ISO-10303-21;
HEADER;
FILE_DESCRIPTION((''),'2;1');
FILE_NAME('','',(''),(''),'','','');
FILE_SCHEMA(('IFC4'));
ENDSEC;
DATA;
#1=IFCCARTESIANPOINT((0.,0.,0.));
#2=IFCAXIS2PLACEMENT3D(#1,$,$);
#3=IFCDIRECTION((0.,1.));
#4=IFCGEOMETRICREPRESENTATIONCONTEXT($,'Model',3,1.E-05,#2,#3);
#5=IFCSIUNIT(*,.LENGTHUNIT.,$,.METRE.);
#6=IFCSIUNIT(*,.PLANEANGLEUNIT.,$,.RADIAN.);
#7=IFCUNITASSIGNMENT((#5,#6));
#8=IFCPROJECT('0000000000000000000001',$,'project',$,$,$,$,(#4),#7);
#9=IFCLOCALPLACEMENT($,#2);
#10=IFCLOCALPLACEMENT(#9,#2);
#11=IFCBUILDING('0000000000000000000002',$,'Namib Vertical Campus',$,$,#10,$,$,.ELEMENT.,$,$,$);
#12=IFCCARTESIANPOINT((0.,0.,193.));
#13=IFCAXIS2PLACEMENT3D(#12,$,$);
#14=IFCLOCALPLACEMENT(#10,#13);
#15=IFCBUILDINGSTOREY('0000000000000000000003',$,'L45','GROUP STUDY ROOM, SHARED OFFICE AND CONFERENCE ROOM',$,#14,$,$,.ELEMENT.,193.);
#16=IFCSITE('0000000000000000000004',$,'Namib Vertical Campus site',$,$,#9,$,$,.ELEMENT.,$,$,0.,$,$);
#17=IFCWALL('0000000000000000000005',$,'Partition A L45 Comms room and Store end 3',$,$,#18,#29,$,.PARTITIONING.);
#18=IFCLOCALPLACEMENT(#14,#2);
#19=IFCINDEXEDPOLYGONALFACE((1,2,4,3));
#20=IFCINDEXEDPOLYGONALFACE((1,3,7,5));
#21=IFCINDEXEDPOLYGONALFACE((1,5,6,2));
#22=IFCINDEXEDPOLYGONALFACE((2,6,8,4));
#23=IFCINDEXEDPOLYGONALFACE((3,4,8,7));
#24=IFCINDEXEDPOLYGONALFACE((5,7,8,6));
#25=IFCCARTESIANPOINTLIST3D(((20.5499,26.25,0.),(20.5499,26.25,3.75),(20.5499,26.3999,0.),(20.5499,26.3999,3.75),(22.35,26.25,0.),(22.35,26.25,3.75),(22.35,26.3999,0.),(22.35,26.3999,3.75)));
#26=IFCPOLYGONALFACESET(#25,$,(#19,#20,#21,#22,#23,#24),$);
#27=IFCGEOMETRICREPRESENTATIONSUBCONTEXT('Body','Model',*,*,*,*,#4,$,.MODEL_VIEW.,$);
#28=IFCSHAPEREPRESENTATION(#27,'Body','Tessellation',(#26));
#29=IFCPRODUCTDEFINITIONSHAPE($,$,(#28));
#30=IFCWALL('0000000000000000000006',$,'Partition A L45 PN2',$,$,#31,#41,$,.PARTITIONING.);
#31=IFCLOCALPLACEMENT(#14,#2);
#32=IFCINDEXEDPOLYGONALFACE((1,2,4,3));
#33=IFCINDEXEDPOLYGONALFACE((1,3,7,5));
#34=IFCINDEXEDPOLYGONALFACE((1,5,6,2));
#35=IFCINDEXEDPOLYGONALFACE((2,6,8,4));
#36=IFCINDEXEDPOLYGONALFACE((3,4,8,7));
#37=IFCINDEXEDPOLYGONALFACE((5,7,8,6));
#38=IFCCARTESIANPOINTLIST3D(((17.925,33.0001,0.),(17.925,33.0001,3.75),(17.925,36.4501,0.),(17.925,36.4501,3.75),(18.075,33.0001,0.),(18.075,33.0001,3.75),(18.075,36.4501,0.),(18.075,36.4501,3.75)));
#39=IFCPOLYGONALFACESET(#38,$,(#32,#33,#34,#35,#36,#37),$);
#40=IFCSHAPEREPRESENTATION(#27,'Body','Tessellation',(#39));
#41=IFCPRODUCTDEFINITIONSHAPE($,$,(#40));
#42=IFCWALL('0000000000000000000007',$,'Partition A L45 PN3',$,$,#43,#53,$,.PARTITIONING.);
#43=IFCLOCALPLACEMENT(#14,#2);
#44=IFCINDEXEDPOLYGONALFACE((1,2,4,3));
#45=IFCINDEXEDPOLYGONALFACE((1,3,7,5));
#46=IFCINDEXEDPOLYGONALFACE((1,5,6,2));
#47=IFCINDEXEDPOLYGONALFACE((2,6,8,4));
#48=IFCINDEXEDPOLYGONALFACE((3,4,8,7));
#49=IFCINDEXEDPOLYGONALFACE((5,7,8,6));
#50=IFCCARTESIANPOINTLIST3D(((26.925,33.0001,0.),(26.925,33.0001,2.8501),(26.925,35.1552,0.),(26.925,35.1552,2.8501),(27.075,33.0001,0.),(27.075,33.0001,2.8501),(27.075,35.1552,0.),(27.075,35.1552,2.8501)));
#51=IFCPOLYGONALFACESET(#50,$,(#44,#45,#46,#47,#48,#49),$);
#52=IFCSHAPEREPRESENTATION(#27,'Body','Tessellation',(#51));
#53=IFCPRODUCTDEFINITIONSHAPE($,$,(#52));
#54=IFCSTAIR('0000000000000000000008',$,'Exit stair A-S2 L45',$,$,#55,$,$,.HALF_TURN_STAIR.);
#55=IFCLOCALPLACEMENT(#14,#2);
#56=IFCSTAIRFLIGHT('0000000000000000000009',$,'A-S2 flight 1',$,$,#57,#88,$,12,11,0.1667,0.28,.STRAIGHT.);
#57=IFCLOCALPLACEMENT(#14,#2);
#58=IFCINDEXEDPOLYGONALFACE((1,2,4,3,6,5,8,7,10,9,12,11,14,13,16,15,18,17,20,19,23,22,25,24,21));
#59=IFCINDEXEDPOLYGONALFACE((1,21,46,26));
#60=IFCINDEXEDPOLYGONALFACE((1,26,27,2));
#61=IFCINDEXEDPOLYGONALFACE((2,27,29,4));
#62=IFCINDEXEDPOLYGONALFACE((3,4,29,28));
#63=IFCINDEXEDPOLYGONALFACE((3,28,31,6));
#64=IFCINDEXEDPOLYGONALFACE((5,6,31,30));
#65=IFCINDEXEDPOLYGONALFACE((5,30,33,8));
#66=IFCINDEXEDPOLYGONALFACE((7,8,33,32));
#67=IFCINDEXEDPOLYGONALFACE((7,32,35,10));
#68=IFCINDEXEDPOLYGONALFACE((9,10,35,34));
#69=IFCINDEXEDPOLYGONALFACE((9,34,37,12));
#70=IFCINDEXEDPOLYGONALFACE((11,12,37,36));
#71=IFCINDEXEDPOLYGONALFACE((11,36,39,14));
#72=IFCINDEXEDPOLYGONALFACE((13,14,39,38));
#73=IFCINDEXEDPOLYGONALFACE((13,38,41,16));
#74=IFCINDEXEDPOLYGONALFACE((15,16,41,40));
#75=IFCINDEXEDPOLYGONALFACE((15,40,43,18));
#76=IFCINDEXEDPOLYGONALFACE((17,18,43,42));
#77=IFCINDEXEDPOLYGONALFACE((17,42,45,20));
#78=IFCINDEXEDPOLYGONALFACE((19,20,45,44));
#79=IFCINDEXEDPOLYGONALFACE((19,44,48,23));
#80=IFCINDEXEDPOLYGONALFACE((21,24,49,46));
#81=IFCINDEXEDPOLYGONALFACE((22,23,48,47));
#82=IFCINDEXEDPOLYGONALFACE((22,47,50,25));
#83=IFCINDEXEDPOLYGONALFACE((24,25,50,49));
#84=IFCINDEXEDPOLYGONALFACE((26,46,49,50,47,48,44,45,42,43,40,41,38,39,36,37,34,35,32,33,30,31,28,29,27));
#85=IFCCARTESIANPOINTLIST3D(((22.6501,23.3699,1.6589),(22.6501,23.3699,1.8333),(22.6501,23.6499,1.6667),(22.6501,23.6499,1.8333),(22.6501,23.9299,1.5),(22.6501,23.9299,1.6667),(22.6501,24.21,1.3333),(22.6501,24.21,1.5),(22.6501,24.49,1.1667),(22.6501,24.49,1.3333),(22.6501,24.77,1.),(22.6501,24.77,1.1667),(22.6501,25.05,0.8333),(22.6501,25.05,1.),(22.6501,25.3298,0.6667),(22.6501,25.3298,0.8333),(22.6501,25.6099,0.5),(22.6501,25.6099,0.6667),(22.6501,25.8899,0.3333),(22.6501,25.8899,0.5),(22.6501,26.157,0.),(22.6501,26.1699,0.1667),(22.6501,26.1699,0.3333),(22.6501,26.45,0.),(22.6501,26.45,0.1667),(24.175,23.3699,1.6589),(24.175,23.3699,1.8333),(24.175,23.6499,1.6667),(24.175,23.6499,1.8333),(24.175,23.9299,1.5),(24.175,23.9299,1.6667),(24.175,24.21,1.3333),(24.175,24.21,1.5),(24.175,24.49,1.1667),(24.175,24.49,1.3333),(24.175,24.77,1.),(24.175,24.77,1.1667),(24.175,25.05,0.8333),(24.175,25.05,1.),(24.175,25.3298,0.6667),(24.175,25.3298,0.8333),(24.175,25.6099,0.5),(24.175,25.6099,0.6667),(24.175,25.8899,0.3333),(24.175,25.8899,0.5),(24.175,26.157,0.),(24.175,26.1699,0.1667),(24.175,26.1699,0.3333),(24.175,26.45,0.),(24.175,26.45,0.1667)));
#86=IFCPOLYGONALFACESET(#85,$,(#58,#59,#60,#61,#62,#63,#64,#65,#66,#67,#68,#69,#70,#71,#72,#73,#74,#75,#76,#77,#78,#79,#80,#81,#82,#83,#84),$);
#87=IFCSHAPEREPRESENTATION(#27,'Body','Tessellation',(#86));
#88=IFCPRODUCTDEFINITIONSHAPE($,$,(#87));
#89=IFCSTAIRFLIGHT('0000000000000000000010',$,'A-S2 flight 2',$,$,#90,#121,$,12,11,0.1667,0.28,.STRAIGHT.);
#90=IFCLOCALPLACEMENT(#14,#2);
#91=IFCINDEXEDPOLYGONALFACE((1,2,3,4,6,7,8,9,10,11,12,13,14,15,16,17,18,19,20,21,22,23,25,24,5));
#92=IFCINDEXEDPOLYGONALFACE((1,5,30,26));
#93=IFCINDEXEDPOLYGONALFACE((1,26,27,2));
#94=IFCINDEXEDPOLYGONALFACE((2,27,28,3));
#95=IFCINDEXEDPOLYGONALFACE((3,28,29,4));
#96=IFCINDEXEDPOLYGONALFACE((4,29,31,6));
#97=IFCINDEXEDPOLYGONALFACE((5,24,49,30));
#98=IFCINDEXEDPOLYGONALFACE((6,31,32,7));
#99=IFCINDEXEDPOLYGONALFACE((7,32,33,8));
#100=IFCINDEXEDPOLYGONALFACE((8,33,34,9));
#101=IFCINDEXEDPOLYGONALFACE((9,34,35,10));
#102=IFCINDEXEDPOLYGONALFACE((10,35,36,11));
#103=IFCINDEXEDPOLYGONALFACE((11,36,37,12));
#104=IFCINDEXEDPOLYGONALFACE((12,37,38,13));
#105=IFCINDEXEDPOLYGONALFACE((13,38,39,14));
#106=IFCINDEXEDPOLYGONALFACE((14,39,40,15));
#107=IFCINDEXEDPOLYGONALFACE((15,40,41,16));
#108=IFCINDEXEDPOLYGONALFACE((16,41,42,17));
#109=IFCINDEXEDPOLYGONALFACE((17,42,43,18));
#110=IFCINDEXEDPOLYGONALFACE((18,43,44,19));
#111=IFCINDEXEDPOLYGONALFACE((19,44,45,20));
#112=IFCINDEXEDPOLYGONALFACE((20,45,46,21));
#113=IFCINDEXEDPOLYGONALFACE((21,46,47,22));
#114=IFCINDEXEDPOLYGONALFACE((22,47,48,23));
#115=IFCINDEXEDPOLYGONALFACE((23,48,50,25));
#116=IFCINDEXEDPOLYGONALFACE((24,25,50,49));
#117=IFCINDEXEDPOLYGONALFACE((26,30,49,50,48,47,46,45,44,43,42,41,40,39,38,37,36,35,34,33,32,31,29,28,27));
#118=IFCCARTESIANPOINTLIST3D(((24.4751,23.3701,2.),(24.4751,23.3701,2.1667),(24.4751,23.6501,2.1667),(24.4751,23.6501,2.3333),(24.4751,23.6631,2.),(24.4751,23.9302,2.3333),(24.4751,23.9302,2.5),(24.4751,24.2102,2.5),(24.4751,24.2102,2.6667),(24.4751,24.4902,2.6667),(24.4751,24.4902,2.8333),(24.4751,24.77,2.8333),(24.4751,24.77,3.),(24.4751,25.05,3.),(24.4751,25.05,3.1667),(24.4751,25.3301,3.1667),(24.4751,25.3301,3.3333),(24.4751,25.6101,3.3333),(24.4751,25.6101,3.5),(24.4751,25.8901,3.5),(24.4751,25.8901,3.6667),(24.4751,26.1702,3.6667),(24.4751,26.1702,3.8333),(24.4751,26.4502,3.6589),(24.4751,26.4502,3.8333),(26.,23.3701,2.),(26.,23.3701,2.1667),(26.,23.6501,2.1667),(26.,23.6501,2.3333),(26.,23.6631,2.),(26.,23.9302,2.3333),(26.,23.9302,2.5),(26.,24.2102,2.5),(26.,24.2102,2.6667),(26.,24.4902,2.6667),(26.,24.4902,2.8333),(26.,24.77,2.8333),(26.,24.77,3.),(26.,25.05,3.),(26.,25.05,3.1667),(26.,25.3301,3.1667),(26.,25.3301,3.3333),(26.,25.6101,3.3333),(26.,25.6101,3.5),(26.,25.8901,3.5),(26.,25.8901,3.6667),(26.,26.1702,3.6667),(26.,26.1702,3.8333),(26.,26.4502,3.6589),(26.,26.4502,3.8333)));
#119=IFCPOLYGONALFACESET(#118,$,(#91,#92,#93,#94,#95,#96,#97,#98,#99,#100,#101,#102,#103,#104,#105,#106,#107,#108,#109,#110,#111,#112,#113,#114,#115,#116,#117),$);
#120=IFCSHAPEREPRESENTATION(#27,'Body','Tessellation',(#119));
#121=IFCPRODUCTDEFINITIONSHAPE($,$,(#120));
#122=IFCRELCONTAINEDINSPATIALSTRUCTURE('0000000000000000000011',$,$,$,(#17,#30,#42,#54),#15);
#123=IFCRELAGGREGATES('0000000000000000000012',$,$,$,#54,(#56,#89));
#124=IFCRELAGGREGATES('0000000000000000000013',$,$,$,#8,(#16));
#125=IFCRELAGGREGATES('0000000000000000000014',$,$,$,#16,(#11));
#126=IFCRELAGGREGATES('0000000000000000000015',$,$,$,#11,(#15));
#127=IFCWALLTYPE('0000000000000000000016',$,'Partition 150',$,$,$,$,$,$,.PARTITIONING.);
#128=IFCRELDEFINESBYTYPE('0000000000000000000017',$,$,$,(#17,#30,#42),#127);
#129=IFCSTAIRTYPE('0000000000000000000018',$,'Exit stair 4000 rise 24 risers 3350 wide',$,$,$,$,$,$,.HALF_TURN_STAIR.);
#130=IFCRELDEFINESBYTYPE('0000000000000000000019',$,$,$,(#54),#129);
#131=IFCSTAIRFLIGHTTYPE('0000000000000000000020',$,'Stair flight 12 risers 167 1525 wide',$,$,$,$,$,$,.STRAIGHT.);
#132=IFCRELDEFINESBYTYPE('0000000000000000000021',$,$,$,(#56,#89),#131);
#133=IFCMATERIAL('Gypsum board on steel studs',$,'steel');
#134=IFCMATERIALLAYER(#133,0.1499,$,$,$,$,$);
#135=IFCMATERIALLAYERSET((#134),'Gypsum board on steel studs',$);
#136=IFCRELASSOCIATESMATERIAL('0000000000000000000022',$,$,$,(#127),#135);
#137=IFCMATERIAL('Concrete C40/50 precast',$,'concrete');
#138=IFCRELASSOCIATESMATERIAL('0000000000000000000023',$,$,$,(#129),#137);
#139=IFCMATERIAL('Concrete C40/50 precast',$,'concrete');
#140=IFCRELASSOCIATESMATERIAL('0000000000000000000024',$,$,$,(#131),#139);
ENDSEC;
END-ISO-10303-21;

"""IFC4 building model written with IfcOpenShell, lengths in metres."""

from ifc_helpers import new_model, si_unit, direction, frame, frame_2d, origin, place, context, subcontext, project, spatial, polyline, rectangle, outline, extrude, material, layer, layer_set, type_object, element, aggregate, save


model = new_model("IFC4")

# Units and contexts
model_context = context("Model", 3, precision=1e-05, world=origin(), true_north=direction((0.0, 1.0)))
body_context = subcontext(model_context, "Body", "Model", "MODEL_VIEW")
ifc_project = project(units=[si_unit("LENGTHUNIT", "METRE"), si_unit("PLANEANGLEUNIT", "RADIAN")], contexts=[model_context])

# Site, building, storey
site_placement = place(None, origin())
site = spatial("IfcSite", under=ifc_project, at=site_placement, Name="Namib Vertical Campus site", CompositionType="ELEMENT", RefElevation=0.0)
building_placement = place(site_placement, origin())
building = spatial("IfcBuilding", under=site, at=building_placement, Name="Namib Vertical Campus", CompositionType="ELEMENT")
storey_placement = place(building_placement, frame((0.0, 0.0, 193.0)))
storey = spatial("IfcBuildingStorey", under=building, at=storey_placement, Name="L45", Description="GROUP STUDY ROOM, SHARED OFFICE AND CONFERENCE ROOM", CompositionType="ELEMENT", Elevation=193.0)

# Shared definitions
ifc_material_1 = material(Name="Gypsum board on steel studs", Category="steel")
ifc_layer_1 = layer(ifc_material_1, 0.1499)
ifc_layer_set_1 = layer_set([ifc_layer_1], Name="Gypsum board on steel studs")
wall_type_1 = type_object("IfcWallType", Name="Partition 150", PredefinedType="PARTITIONING", material=ifc_layer_set_1)

# Walls
for number, where, z_axis, x_axis, name in (
    (1, (20.55, 26.325, 0.0), (0.0, 0.0, 1.0), (1.0, 0.0, 0.0), "Partition A L45 Comms room and Store end 3"),
):
    element("IfcWall", number, at=place(storey_placement, frame(where, z_axis=z_axis, x_axis=x_axis)), inside=storey, type_object=wall_type_1, Name=name, PredefinedType="PARTITIONING", context=body_context, shape_type="SweptSolid", body=[
        extrude(rectangle(XDim=1.8, YDim=0.1499, at=frame_2d((0.8999, 0.0))), origin(), (0.0, 0.0, 1.0), 3.75),
    ])
wall_1_placement = place(storey_placement, frame((18.0, 33.0, 0.0), z_axis=(0.0, 0.0, 1.0), x_axis=(0.0, 1.0, 0.0)))
element("IfcWall", 2, at=wall_1_placement, inside=storey, type_object=wall_type_1, Name="Partition A L45 PN2", PredefinedType="PARTITIONING", context=body_context, shape_type="SweptSolid", body=[
    extrude(rectangle(XDim=3.45, YDim=0.1499, at=frame_2d((1.7251, 0.0))), origin(), (0.0, 0.0, 1.0), 3.75),
])
wall_2_placement = place(storey_placement, frame((27.0, 33.0, 0.0), z_axis=(0.0, 0.0, 1.0), x_axis=(0.0, 1.0, 0.0)))
element("IfcWall", 3, at=wall_2_placement, inside=storey, type_object=wall_type_1, Name="Partition A L45 PN3", PredefinedType="PARTITIONING", context=body_context, shape_type="SweptSolid", body=[
    extrude(rectangle(XDim=2.155, YDim=0.1499, at=frame_2d((1.0776, 0.0))), origin(), (0.0, 0.0, 1.0), 2.8501),
])

# Stair, stair flights
ifc_material_2 = material(Name="Concrete C40/50 precast", Category="concrete")
stair_type = type_object("IfcStairType", Name="Exit stair 4000 rise 24 risers 3350 wide", PredefinedType="HALF_TURN_STAIR", material=ifc_material_2)
stair_placement = place(storey_placement, origin())
stair = element("IfcStair", 4, at=stair_placement, inside=storey, type_object=stair_type, Name="Exit stair A-S2 L45", PredefinedType="HALF_TURN_STAIR")
ifc_material_3 = material(Name="Concrete C40/50 precast", Category="concrete")
stair_flight_type = type_object("IfcStairFlightType", Name="Stair flight 12 risers 167 1525 wide", PredefinedType="STRAIGHT", material=ifc_material_3)
stair_flight_1_placement = place(storey_placement, frame((23.4126, 26.45, 0.0), z_axis=(0.0, 0.0, 1.0), x_axis=(0.0, -1.0, 0.0)))
stair_flight_1 = element("IfcStairFlight", 5, at=stair_flight_1_placement, type_object=stair_flight_type, Name="A-S2 flight 1", NumberOfRisers=12, NumberOfTreads=11, PredefinedType="STRAIGHT", RiserHeight=0.1667, TreadLength=0.28, context=body_context, shape_type="SweptSolid", body=[
    extrude(outline(polyline([(0.0, 0.0), (0.0, 0.1667), (0.28, 0.1667), (0.28, 0.3333), (0.5601, 0.3333), (0.5601, 0.5), (0.8401, 0.5), (0.8401, 0.6667), (1.1201, 0.6667), (1.1201, 0.8333), (1.3999, 0.8333), (1.3999, 1.0), (1.6799, 1.0), (1.6799, 1.1667), (1.96, 1.1667), (1.96, 1.3333), (2.24, 1.3333), (2.24, 1.5), (2.52, 1.5), (2.52, 1.6667), (2.8, 1.6667), (2.8, 1.8333), (3.0801, 1.8333), (3.0801, 2.0), (3.0801, 1.6589), (0.293, 0.0), (0.0, 0.0)])), frame((0.0, 0.7625, 0.0), z_axis=(0.0, -1.0, 0.0), x_axis=(1.0, 0.0, 0.0)), (0.0, 0.0, 1.0), 1.5249),
])
stair_flight_2_placement = place(storey_placement, frame((25.2375, 23.3701, 2.0), z_axis=(0.0, 0.0, 1.0), x_axis=(0.0, 1.0, 0.0)))
stair_flight_2 = element("IfcStairFlight", 6, at=stair_flight_2_placement, type_object=stair_flight_type, Name="A-S2 flight 2", NumberOfRisers=12, NumberOfTreads=11, PredefinedType="STRAIGHT", RiserHeight=0.1667, TreadLength=0.28, context=body_context, shape_type="SweptSolid", body=[
    extrude(outline(polyline([(0.0, 0.0), (0.0, 0.1667), (0.28, 0.1667), (0.28, 0.3333), (0.5601, 0.3333), (0.5601, 0.5), (0.8401, 0.5), (0.8401, 0.6667), (1.1201, 0.6667), (1.1201, 0.8333), (1.3999, 0.8333), (1.3999, 1.0), (1.6799, 1.0), (1.6799, 1.1667), (1.96, 1.1667), (1.96, 1.3333), (2.24, 1.3333), (2.24, 1.5), (2.52, 1.5), (2.52, 1.6667), (2.8, 1.6667), (2.8, 1.8333), (3.0801, 1.8333), (3.0801, 2.0), (3.0801, 1.6589), (0.293, 0.0), (0.0, 0.0)])), frame((0.0, 0.7625, 0.0), z_axis=(0.0, -1.0, 0.0), x_axis=(1.0, 0.0, 0.0)), (0.0, 0.0, 1.0), 1.5249),
])
aggregate(stair, [stair_flight_1, stair_flight_2])

save(model, "model.ifc")
